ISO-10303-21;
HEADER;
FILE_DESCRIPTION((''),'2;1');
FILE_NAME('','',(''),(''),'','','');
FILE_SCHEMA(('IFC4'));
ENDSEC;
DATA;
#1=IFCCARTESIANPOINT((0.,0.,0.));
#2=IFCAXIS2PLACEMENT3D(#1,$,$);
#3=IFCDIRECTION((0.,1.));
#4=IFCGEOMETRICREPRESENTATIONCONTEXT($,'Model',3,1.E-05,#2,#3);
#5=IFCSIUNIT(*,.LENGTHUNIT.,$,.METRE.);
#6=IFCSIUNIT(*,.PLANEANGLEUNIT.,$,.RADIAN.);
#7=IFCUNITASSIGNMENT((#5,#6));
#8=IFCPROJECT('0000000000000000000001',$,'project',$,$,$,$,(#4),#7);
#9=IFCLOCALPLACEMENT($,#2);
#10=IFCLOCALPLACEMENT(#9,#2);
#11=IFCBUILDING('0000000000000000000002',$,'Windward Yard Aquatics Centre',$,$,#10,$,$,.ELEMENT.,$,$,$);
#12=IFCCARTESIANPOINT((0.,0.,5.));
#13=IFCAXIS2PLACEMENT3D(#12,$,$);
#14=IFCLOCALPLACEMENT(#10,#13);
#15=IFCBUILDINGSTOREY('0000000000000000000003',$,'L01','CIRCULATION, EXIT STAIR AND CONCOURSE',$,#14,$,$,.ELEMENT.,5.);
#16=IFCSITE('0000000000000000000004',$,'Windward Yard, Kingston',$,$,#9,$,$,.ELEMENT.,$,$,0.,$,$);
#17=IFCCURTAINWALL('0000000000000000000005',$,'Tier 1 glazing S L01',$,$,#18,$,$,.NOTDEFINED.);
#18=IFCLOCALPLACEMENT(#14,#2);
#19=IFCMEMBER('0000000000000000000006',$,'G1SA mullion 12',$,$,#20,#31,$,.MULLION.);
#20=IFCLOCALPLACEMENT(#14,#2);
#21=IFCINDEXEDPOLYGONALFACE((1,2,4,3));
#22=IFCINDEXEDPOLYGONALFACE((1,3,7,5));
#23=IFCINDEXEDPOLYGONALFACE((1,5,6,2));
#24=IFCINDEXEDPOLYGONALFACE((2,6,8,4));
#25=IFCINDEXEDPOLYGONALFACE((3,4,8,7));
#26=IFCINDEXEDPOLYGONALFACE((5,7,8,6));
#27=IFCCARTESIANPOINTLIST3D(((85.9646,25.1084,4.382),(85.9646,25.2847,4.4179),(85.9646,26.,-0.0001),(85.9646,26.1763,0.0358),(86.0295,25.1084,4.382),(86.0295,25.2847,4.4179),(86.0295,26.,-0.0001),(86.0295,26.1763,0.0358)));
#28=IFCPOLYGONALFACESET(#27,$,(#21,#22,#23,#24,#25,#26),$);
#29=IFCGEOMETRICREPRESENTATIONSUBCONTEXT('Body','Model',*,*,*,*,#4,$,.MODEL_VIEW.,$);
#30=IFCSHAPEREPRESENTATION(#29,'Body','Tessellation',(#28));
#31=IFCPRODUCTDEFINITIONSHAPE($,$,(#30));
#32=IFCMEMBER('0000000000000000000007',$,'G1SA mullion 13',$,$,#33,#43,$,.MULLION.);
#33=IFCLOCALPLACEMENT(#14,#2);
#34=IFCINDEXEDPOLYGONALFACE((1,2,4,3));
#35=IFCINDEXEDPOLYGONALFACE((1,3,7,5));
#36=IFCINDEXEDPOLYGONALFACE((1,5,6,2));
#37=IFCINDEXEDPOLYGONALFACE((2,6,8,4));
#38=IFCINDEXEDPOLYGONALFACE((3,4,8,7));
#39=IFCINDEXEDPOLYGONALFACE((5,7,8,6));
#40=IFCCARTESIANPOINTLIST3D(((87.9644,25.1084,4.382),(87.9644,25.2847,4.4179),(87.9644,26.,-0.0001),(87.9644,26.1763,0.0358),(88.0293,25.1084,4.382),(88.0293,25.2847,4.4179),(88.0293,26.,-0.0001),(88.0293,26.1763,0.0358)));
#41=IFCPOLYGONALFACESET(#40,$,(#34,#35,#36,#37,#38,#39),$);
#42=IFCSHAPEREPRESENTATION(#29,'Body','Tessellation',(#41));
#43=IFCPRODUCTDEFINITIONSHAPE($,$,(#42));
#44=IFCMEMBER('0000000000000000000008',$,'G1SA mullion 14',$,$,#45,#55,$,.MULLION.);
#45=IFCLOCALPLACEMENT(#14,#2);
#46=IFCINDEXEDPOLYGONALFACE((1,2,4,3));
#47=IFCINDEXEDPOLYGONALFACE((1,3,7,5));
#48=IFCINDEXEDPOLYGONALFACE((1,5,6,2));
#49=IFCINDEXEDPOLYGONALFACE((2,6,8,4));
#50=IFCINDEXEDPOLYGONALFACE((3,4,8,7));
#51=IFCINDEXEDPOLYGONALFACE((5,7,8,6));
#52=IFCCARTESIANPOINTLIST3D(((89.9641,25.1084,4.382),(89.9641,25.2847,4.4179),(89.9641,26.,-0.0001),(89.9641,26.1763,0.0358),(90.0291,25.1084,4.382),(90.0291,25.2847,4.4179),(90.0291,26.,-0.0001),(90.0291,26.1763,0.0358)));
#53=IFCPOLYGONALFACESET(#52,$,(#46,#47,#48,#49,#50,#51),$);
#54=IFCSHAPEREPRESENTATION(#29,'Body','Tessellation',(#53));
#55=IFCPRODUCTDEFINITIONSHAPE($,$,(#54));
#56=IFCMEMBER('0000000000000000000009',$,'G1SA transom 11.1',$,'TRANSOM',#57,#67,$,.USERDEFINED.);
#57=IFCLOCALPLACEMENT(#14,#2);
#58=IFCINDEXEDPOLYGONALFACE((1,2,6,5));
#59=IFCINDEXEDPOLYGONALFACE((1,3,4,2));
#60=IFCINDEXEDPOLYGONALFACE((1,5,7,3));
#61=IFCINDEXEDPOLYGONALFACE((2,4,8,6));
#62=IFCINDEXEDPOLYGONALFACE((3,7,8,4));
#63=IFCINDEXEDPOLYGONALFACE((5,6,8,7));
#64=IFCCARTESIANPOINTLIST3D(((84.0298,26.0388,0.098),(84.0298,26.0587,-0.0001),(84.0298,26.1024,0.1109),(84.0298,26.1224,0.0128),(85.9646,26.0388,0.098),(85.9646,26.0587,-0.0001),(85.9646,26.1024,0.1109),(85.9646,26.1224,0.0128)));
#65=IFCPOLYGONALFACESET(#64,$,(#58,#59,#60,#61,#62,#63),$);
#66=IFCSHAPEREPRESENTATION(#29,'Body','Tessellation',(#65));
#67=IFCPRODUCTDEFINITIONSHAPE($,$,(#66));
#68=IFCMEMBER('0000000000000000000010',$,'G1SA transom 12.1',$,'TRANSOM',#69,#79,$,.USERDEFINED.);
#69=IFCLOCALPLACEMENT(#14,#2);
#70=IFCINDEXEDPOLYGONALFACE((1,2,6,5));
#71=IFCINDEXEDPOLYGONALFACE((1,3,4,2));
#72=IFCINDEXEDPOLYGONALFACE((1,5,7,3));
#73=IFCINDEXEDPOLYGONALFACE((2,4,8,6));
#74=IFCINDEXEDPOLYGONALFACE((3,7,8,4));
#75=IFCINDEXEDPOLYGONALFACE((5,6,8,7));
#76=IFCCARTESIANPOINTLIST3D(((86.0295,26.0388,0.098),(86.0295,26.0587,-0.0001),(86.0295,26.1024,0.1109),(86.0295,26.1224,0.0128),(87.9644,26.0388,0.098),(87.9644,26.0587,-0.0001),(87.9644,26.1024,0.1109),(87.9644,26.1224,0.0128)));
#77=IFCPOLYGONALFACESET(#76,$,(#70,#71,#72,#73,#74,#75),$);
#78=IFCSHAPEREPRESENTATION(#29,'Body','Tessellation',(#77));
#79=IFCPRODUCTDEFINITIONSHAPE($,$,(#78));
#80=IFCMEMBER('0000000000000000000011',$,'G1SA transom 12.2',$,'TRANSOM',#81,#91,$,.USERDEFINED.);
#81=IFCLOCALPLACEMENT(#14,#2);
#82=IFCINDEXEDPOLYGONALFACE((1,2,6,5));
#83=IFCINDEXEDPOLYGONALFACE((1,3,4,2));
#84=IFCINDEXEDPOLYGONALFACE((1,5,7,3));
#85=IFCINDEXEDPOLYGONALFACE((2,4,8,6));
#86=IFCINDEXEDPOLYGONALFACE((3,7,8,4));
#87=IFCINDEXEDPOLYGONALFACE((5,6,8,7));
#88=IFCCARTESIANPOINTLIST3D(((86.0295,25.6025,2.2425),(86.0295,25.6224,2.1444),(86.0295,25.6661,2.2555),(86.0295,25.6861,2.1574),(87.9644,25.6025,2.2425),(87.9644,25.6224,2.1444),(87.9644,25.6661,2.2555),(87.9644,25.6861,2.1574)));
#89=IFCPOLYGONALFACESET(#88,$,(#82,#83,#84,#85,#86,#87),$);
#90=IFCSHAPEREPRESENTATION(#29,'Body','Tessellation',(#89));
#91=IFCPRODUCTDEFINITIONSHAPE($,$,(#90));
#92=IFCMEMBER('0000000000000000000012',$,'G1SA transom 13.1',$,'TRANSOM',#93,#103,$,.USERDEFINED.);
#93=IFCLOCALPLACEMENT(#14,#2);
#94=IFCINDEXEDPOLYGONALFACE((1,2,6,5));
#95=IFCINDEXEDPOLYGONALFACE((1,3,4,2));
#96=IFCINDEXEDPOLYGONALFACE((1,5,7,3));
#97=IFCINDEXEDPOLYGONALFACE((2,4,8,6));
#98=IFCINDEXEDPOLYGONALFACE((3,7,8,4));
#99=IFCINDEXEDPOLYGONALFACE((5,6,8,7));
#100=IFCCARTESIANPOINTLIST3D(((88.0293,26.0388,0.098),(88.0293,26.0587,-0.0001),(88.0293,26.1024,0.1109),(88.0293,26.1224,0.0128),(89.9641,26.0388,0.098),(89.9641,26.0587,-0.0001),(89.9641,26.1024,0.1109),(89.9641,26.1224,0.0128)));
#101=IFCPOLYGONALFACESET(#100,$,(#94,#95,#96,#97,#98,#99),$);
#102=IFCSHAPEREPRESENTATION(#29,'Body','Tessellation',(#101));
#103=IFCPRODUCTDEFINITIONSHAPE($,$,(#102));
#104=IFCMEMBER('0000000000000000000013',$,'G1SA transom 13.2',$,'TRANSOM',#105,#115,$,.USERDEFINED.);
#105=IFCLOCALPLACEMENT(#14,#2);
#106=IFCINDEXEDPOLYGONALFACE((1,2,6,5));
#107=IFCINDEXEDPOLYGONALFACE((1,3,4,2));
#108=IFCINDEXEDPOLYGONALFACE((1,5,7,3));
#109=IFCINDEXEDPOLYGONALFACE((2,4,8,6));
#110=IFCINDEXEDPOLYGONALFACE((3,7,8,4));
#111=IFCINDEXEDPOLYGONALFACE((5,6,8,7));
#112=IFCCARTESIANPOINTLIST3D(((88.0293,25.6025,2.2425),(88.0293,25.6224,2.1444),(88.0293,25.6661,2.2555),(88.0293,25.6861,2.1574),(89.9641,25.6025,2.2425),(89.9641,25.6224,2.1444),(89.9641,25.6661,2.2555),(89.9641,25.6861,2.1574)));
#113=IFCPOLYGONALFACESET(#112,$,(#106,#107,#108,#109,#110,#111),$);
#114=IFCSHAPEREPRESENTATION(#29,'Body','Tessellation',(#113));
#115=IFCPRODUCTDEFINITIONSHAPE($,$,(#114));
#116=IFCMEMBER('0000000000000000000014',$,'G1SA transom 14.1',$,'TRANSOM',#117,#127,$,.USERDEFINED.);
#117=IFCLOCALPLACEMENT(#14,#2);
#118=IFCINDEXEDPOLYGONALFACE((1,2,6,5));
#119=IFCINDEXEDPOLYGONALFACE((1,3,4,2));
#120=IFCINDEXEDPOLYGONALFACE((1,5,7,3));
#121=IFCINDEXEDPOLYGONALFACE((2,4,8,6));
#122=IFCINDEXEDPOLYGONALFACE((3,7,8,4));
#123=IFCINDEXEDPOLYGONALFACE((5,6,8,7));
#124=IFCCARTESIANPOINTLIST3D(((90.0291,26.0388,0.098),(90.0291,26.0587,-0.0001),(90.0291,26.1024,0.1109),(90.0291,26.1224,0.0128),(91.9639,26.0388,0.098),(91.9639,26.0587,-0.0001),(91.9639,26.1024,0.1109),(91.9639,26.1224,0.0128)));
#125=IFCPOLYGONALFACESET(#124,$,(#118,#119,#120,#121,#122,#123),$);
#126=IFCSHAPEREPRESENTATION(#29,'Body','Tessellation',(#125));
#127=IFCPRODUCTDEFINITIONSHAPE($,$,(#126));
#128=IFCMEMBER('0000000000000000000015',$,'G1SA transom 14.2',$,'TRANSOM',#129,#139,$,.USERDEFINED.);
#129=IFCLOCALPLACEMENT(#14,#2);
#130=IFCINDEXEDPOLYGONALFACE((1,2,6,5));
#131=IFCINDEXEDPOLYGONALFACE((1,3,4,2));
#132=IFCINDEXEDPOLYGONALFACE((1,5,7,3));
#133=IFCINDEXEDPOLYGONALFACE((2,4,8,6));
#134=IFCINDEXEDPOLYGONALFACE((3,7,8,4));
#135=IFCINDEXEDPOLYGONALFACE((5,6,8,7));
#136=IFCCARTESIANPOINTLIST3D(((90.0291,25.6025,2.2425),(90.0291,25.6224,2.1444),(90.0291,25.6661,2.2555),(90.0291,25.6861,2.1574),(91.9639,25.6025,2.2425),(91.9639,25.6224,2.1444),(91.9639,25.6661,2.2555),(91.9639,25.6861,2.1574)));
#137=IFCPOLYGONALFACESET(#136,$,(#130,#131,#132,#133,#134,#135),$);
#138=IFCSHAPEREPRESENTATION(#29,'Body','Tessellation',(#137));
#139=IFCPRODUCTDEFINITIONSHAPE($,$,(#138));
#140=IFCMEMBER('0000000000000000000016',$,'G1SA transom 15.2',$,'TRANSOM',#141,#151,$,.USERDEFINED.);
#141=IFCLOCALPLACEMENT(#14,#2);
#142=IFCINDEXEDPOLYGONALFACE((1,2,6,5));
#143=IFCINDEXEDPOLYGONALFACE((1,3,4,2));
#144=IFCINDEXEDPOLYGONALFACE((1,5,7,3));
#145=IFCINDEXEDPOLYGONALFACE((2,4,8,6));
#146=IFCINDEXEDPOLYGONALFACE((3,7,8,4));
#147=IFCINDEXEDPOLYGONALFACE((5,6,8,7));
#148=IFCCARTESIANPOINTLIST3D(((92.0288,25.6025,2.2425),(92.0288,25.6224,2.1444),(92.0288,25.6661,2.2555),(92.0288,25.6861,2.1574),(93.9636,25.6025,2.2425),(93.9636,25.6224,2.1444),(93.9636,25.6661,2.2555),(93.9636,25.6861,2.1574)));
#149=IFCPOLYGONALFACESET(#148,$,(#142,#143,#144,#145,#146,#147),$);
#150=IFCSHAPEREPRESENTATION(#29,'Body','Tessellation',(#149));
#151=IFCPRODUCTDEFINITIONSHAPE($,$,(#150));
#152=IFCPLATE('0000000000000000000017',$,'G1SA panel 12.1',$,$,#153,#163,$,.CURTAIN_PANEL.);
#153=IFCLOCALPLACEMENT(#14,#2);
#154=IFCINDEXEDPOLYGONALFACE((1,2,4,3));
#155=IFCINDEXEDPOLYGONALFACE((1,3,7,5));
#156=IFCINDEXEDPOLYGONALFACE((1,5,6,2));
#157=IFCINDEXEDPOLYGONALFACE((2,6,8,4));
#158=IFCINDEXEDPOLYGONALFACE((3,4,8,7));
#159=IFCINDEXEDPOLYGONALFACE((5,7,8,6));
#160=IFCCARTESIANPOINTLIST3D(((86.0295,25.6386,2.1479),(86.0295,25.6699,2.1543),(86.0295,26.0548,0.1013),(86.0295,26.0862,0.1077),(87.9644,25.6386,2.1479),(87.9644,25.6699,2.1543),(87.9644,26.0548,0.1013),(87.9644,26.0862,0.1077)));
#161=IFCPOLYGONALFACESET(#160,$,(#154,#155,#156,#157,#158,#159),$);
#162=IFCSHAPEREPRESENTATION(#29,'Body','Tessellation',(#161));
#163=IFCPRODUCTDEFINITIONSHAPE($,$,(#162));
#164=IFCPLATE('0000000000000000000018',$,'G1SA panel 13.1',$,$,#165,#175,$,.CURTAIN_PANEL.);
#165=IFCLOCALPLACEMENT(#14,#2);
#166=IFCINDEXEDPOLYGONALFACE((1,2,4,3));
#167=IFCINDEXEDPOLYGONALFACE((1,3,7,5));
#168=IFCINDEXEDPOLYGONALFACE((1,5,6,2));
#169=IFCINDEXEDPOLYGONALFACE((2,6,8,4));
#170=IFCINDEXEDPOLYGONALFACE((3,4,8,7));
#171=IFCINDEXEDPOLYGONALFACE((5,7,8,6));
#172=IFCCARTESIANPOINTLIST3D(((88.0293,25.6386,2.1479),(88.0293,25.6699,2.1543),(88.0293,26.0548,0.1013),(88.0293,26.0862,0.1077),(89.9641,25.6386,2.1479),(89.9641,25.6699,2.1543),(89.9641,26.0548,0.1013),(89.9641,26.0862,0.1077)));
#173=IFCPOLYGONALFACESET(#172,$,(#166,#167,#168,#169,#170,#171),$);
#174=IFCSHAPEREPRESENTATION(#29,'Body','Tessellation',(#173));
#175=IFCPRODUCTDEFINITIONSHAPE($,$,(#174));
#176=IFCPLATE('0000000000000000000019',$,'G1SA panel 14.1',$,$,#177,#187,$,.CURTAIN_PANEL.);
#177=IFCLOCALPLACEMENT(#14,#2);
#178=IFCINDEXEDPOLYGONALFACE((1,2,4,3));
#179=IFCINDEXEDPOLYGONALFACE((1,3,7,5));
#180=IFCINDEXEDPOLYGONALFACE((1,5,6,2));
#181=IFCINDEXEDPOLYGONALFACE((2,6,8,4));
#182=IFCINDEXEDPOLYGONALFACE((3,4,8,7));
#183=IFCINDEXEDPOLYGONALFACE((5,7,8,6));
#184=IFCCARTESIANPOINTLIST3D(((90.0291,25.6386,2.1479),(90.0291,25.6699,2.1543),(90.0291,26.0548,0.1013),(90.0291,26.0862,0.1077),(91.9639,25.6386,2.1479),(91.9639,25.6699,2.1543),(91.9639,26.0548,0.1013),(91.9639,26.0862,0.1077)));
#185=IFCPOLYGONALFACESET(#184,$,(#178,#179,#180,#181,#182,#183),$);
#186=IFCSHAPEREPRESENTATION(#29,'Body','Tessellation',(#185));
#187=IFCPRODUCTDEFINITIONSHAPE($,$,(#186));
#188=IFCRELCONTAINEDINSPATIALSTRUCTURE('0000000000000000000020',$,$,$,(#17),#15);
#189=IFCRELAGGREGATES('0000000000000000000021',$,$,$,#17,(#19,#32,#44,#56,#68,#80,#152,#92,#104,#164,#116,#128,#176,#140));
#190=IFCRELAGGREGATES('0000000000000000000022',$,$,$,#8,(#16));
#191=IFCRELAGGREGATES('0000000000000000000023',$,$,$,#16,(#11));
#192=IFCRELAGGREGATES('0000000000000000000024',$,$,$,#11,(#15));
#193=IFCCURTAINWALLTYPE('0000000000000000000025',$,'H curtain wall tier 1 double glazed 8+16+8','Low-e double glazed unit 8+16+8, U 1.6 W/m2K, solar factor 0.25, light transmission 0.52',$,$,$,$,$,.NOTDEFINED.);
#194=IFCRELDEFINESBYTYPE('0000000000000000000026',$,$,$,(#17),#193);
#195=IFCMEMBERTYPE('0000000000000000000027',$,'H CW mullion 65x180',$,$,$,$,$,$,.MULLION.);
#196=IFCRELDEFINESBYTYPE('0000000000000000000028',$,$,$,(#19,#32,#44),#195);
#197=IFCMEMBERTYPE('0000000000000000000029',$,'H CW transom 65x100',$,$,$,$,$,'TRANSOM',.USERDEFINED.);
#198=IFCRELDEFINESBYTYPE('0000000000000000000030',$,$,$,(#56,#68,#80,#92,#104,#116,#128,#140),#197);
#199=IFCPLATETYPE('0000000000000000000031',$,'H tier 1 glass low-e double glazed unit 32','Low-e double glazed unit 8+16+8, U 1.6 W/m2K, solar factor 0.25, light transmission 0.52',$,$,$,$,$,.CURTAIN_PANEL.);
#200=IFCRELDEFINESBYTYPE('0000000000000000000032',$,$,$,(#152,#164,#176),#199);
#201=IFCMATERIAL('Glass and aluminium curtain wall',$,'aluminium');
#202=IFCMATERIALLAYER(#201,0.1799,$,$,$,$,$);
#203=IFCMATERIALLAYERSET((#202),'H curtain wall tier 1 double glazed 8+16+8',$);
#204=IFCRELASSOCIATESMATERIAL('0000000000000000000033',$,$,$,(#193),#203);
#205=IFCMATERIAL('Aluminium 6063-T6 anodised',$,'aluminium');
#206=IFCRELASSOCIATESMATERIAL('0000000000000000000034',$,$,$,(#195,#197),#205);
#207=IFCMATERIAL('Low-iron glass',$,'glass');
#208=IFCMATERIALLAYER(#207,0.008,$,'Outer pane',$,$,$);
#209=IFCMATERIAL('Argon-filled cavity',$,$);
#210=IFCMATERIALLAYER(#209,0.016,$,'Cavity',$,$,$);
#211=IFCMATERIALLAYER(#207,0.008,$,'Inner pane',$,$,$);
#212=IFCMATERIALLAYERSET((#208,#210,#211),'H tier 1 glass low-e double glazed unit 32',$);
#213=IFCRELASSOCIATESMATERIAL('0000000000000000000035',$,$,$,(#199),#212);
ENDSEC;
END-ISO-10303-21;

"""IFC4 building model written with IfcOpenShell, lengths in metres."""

from ifc_helpers import new_model, si_unit, direction, frame, origin, origin_2d, place, context, subcontext, project, spatial, polyline, rectangle, outline, extrude, material, layer, layer_set, material_profile, profile_set, type_object, element, aggregate, save


model = new_model("IFC4")

# Units and contexts
model_context = context("Model", 3, precision=1e-05, world=origin(), true_north=direction((0.0, 1.0)))
body_context = subcontext(model_context, "Body", "Model", "MODEL_VIEW")
ifc_project = project(units=[si_unit("LENGTHUNIT", "METRE"), si_unit("PLANEANGLEUNIT", "RADIAN")], contexts=[model_context])

# Site, building, storey
site_placement = place(None, origin())
site = spatial("IfcSite", under=ifc_project, at=site_placement, Name="Windward Yard, Kingston", CompositionType="ELEMENT", RefElevation=0.0)
building_placement = place(site_placement, origin())
building = spatial("IfcBuilding", under=site, at=building_placement, Name="Windward Yard Aquatics Centre", CompositionType="ELEMENT")
storey_placement = place(building_placement, frame((0.0, 0.0, 5.0)))
storey = spatial("IfcBuildingStorey", under=building, at=storey_placement, Name="L01", Description="CIRCULATION, EXIT STAIR AND CONCOURSE", CompositionType="ELEMENT", Elevation=5.0)

# Curtain wall, members, plates
ifc_material_1 = material(Name="Glass and aluminium curtain wall", Category="aluminium")
ifc_layer_1 = layer(ifc_material_1, 0.1799)
ifc_layer_set_1 = layer_set([ifc_layer_1], Name="H curtain wall tier 1 double glazed 8+16+8")
curtain_wall_type = type_object("IfcCurtainWallType", Name="H curtain wall tier 1 double glazed 8+16+8", Description="Low-e double glazed unit 8+16+8, U 1.6 W/m2K, solar factor 0.25, light transmission 0.52", PredefinedType="NOTDEFINED", material=ifc_layer_set_1)
curtain_wall_placement = place(storey_placement, origin())
curtain_wall = element("IfcCurtainWall", 1, at=curtain_wall_placement, inside=storey, type_object=curtain_wall_type, Name="Tier 1 glazing S L01", PredefinedType="NOTDEFINED")
ifc_material_2 = material(Name="Aluminium 6063-T6 anodised", Category="aluminium")
ifc_material_profile_1 = material_profile(ifc_material_2, rectangle(XDim=0.0649, YDim=0.1799, at=origin_2d()), Name="H CW mullion 65x180")
ifc_profile_set_1 = profile_set([ifc_material_profile_1], Name="Aluminium 6063-T6 anodised")
member_type_1 = type_object("IfcMemberType", Name="H CW mullion 65x180", PredefinedType="MULLION", material=ifc_profile_set_1)
member_1_placement = place(storey_placement, frame((85.9971, 26.0881, 0.0178), z_axis=(0.0, -0.19938, 0.979922), x_axis=(1.0, 0.0, 0.0)))
member_1 = element("IfcMember", 2, at=member_1_placement, type_object=member_type_1, Name="G1SA mullion 12", PredefinedType="MULLION", context=body_context, shape_type="SweptSolid", body=[
    extrude(rectangle(XDim=0.0649, YDim=0.1799, at=origin_2d()), origin(), (0.0, 0.0, 1.0), 4.4719),
])
member_2_placement = place(storey_placement, frame((87.9968, 26.0881, 0.0178), z_axis=(0.0, -0.19938, 0.979922), x_axis=(1.0, 0.0, 0.0)))
member_2 = element("IfcMember", 3, at=member_2_placement, type_object=member_type_1, Name="G1SA mullion 13", PredefinedType="MULLION", context=body_context, shape_type="SweptSolid", body=[
    extrude(rectangle(XDim=0.0649, YDim=0.1799, at=origin_2d()), origin(), (0.0, 0.0, 1.0), 4.4719),
])
member_3_placement = place(storey_placement, frame((89.9966, 26.0881, 0.0178), z_axis=(0.0, -0.19938, 0.979922), x_axis=(1.0, 0.0, 0.0)))
member_3 = element("IfcMember", 4, at=member_3_placement, type_object=member_type_1, Name="G1SA mullion 14", PredefinedType="MULLION", context=body_context, shape_type="SweptSolid", body=[
    extrude(rectangle(XDim=0.0649, YDim=0.1799, at=origin_2d()), origin(), (0.0, 0.0, 1.0), 4.4719),
])
ifc_material_profile_2 = material_profile(ifc_material_2, rectangle(XDim=0.0649, YDim=0.1001, at=origin_2d()), Name="H CW transom 65x100")
ifc_profile_set_2 = profile_set([ifc_material_profile_2], Name="Aluminium 6063-T6 anodised")
member_type_2 = type_object("IfcMemberType", Name="H CW transom 65x100", ElementType="TRANSOM", PredefinedType="USERDEFINED", material=ifc_profile_set_2)
member_4_placement = place(storey_placement, frame((84.0298, 26.0806, 0.0554), z_axis=(1.0, 0.0, 0.0), x_axis=(0.0, 0.979925, 0.199368)))
member_4 = element("IfcMember", 5, at=member_4_placement, type_object=member_type_2, Name="G1SA transom 11.1", ObjectType="TRANSOM", PredefinedType="USERDEFINED", context=body_context, shape_type="SweptSolid", body=[
    extrude(rectangle(XDim=0.0649, YDim=0.1001, at=origin_2d()), origin(), (0.0, 0.0, 1.0), 1.9348),
])
member_5_placement = place(storey_placement, frame((86.0295, 26.0806, 0.0554), z_axis=(1.0, 0.0, 0.0), x_axis=(0.0, 0.979925, 0.199368)))
member_5 = element("IfcMember", 6, at=member_5_placement, type_object=member_type_2, Name="G1SA transom 12.1", ObjectType="TRANSOM", PredefinedType="USERDEFINED", context=body_context, shape_type="SweptSolid", body=[
    extrude(rectangle(XDim=0.0649, YDim=0.1001, at=origin_2d()), origin(), (0.0, 0.0, 1.0), 1.9348),
])
member_6_placement = place(storey_placement, frame((86.0295, 25.6443, 2.2), z_axis=(1.0, 0.0, 0.0), x_axis=(0.0, 0.979925, 0.199368)))
member_6 = element("IfcMember", 7, at=member_6_placement, type_object=member_type_2, Name="G1SA transom 12.2", ObjectType="TRANSOM", PredefinedType="USERDEFINED", context=body_context, shape_type="SweptSolid", body=[
    extrude(rectangle(XDim=0.0649, YDim=0.1001, at=origin_2d()), origin(), (0.0, 0.0, 1.0), 1.9348),
])
member_7_placement = place(storey_placement, frame((88.0293, 26.0806, 0.0554), z_axis=(1.0, 0.0, 0.0), x_axis=(0.0, 0.979925, 0.199368)))
member_7 = element("IfcMember", 8, at=member_7_placement, type_object=member_type_2, Name="G1SA transom 13.1", ObjectType="TRANSOM", PredefinedType="USERDEFINED", context=body_context, shape_type="SweptSolid", body=[
    extrude(rectangle(XDim=0.0649, YDim=0.1001, at=origin_2d()), origin(), (0.0, 0.0, 1.0), 1.9348),
])
member_8_placement = place(storey_placement, frame((88.0293, 25.6443, 2.2), z_axis=(1.0, 0.0, 0.0), x_axis=(0.0, 0.979925, 0.199368)))
member_8 = element("IfcMember", 9, at=member_8_placement, type_object=member_type_2, Name="G1SA transom 13.2", ObjectType="TRANSOM", PredefinedType="USERDEFINED", context=body_context, shape_type="SweptSolid", body=[
    extrude(rectangle(XDim=0.0649, YDim=0.1001, at=origin_2d()), origin(), (0.0, 0.0, 1.0), 1.9348),
])
member_9_placement = place(storey_placement, frame((90.0291, 26.0806, 0.0554), z_axis=(1.0, 0.0, 0.0), x_axis=(0.0, 0.979925, 0.199368)))
member_9 = element("IfcMember", 10, at=member_9_placement, type_object=member_type_2, Name="G1SA transom 14.1", ObjectType="TRANSOM", PredefinedType="USERDEFINED", context=body_context, shape_type="SweptSolid", body=[
    extrude(rectangle(XDim=0.0649, YDim=0.1001, at=origin_2d()), origin(), (0.0, 0.0, 1.0), 1.9348),
])
member_10_placement = place(storey_placement, frame((90.0291, 25.6443, 2.2), z_axis=(1.0, 0.0, 0.0), x_axis=(0.0, 0.979925, 0.199368)))
member_10 = element("IfcMember", 11, at=member_10_placement, type_object=member_type_2, Name="G1SA transom 14.2", ObjectType="TRANSOM", PredefinedType="USERDEFINED", context=body_context, shape_type="SweptSolid", body=[
    extrude(rectangle(XDim=0.0649, YDim=0.1001, at=origin_2d()), origin(), (0.0, 0.0, 1.0), 1.9348),
])
member_11_placement = place(storey_placement, frame((92.0288, 25.6443, 2.2), z_axis=(1.0, 0.0, 0.0), x_axis=(0.0, 0.979925, 0.199368)))
member_11 = element("IfcMember", 12, at=member_11_placement, type_object=member_type_2, Name="G1SA transom 15.2", ObjectType="TRANSOM", PredefinedType="USERDEFINED", context=body_context, shape_type="SweptSolid", body=[
    extrude(rectangle(XDim=0.0649, YDim=0.1001, at=origin_2d()), origin(), (0.0, 0.0, 1.0), 1.9348),
])
ifc_material_3 = material(Name="Low-iron glass", Category="glass")
ifc_layer_2 = layer(ifc_material_3, 0.008, Name="Outer pane")
ifc_material_4 = material(Name="Argon-filled cavity")
ifc_layer_3 = layer(ifc_material_4, 0.016, Name="Cavity")
ifc_layer_4 = layer(ifc_material_3, 0.008, Name="Inner pane")
ifc_layer_set_2 = layer_set([ifc_layer_2, ifc_layer_3, ifc_layer_4], Name="H tier 1 glass low-e double glazed unit 32")
plate_type = type_object("IfcPlateType", Name="H tier 1 glass low-e double glazed unit 32", Description="Low-e double glazed unit 8+16+8, U 1.6 W/m2K, solar factor 0.25, light transmission 0.52", PredefinedType="CURTAIN_PANEL", material=ifc_layer_set_2)
plate_1_placement = place(storey_placement, frame((86.0295, 25.6699, 2.1543), z_axis=(0.0, 0.979937, 0.199307), x_axis=(0.0, 0.199307, -0.979937)))
plate_1 = element("IfcPlate", 13, at=plate_1_placement, type_object=plate_type, Name="G1SA panel 12.1", PredefinedType="CURTAIN_PANEL", context=body_context, shape_type="SweptSolid", body=[
    extrude(outline(polyline([(0.0, 0.0), (2.0885, 0.0), (2.0885, -1.9348), (0.0, -1.9348), (0.0, 0.0)])), origin(), (0.0, 0.0, -1.0), 0.032),
])
plate_2_placement = place(storey_placement, frame((88.0293, 25.6699, 2.1543), z_axis=(0.0, 0.979937, 0.199307), x_axis=(0.0, 0.199307, -0.979937)))
plate_2 = element("IfcPlate", 14, at=plate_2_placement, type_object=plate_type, Name="G1SA panel 13.1", PredefinedType="CURTAIN_PANEL", context=body_context, shape_type="SweptSolid", body=[
    extrude(outline(polyline([(0.0, 0.0), (2.0885, 0.0), (2.0885, -1.9348), (0.0, -1.9348), (0.0, 0.0)])), origin(), (0.0, 0.0, -1.0), 0.032),
])
plate_3_placement = place(storey_placement, frame((90.0291, 25.6699, 2.1543), z_axis=(0.0, 0.979937, 0.199307), x_axis=(0.0, 0.199307, -0.979937)))
plate_3 = element("IfcPlate", 15, at=plate_3_placement, type_object=plate_type, Name="G1SA panel 14.1", PredefinedType="CURTAIN_PANEL", context=body_context, shape_type="SweptSolid", body=[
    extrude(outline(polyline([(0.0, 0.0), (2.0885, 0.0), (2.0885, -1.9348), (0.0, -1.9348), (0.0, 0.0)])), origin(), (0.0, 0.0, -1.0), 0.032),
])
aggregate(curtain_wall, [member_1, member_2, member_3, member_4, member_5, member_6, plate_1, member_7, member_8, plate_2, member_9, member_10, plate_3, member_11])

save(model, "model.ifc")
